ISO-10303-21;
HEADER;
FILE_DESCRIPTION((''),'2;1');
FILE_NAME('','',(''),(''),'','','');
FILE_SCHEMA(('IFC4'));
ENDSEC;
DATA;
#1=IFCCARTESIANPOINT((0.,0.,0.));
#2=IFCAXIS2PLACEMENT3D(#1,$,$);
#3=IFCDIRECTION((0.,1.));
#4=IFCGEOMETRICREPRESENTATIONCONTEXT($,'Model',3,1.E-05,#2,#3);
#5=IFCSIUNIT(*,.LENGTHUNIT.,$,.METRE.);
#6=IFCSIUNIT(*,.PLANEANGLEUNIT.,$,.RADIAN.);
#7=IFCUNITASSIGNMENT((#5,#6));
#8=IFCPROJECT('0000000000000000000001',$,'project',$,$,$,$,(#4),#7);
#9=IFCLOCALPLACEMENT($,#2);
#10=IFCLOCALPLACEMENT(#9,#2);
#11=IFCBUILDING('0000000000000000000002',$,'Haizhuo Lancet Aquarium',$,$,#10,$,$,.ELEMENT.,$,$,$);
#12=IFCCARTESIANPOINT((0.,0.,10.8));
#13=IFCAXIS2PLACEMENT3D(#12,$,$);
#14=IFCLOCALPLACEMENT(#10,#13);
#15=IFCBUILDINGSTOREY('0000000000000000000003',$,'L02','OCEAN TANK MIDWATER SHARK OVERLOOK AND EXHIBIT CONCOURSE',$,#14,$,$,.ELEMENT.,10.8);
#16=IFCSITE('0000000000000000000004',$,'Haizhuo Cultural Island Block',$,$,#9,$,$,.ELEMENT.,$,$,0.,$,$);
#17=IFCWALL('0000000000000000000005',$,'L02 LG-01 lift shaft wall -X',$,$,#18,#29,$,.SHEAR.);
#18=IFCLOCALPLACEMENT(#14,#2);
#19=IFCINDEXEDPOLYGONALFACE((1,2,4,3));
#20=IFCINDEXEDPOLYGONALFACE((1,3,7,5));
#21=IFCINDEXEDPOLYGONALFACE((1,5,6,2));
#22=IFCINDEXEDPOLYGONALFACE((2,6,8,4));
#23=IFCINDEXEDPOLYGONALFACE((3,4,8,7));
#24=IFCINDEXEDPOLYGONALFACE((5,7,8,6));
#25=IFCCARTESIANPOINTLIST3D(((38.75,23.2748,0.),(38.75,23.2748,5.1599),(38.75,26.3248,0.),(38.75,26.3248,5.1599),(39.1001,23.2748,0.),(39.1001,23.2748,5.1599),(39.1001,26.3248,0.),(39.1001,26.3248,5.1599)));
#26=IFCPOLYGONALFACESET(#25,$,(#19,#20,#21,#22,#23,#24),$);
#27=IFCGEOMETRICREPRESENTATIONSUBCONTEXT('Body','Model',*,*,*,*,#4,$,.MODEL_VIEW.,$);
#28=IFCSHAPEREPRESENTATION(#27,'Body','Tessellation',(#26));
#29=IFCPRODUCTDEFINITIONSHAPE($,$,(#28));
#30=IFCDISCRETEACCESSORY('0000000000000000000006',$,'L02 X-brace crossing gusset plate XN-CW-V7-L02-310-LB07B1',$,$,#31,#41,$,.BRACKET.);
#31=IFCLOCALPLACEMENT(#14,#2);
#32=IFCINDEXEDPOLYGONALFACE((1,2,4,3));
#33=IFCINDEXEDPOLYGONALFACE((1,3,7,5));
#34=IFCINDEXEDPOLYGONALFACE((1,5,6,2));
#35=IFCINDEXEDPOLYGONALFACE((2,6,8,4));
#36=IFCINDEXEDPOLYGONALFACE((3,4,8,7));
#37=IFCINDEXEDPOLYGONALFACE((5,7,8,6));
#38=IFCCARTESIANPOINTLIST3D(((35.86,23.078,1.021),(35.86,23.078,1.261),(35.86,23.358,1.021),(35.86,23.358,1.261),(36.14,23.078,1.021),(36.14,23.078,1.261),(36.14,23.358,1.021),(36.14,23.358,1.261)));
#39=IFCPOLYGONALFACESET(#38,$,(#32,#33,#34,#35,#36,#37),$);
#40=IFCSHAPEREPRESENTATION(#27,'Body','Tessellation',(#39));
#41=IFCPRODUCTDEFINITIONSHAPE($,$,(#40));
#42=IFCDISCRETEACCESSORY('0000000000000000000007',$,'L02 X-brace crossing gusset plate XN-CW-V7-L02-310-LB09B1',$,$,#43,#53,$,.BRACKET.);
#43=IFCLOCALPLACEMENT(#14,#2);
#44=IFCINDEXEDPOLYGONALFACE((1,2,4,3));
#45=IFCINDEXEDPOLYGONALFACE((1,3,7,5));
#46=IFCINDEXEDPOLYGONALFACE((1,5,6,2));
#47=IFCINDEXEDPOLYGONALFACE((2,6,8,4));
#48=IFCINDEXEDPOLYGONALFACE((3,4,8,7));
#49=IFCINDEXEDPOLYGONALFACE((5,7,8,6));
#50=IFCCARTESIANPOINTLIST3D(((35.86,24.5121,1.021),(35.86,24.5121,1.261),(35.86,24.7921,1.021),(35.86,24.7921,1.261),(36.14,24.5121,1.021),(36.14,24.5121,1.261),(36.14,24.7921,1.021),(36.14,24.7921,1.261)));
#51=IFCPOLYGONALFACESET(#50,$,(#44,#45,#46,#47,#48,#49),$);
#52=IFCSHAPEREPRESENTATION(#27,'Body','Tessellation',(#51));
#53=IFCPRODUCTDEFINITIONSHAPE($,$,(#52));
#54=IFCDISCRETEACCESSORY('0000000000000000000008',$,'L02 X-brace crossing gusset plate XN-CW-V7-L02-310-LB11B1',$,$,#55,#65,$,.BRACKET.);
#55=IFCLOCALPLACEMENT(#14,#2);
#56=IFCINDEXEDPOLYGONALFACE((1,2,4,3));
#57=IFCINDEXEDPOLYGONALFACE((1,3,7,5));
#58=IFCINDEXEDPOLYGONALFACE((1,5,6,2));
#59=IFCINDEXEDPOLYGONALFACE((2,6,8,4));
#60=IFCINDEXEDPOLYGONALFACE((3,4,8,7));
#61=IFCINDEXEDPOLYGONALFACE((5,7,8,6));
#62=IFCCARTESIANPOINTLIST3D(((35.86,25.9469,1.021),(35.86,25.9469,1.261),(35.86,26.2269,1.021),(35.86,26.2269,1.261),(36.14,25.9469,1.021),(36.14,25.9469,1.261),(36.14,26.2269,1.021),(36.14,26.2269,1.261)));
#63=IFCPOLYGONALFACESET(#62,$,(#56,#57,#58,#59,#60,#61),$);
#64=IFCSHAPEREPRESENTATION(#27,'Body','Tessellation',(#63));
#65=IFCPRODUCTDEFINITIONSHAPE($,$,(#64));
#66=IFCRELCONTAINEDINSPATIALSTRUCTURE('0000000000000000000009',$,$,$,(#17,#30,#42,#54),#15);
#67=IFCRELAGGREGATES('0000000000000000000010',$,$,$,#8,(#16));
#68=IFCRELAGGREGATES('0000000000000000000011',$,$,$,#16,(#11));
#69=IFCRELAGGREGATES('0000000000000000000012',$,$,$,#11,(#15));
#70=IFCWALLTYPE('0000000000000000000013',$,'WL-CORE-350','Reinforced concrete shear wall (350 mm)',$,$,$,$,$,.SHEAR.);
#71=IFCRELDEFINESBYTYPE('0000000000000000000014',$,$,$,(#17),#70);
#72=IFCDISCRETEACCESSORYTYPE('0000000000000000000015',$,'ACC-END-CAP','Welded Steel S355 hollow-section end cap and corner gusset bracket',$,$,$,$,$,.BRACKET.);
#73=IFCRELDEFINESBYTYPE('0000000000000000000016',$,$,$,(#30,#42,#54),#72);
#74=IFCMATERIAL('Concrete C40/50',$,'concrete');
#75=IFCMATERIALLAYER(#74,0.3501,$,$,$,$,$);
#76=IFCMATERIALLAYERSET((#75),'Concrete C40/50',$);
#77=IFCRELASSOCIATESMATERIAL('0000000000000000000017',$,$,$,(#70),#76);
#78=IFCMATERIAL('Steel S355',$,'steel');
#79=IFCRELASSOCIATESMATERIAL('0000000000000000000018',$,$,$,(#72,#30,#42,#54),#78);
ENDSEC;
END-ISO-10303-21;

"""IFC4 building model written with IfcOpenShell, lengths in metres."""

from ifc_helpers import new_model, si_unit, direction, frame, frame_2d, origin, origin_2d, place, context, subcontext, project, spatial, rectangle, extrude, material, layer, layer_set, type_object, element, save


model = new_model("IFC4")

# Units and contexts
model_context = context("Model", 3, precision=1e-05, world=origin(), true_north=direction((0.0, 1.0)))
body_context = subcontext(model_context, "Body", "Model", "MODEL_VIEW")
ifc_project = project(units=[si_unit("LENGTHUNIT", "METRE"), si_unit("PLANEANGLEUNIT", "RADIAN")], contexts=[model_context])

# Site, building, storey
site_placement = place(None, origin())
site = spatial("IfcSite", under=ifc_project, at=site_placement, Name="Haizhuo Cultural Island Block", CompositionType="ELEMENT", RefElevation=0.0)
building_placement = place(site_placement, origin())
building = spatial("IfcBuilding", under=site, at=building_placement, Name="Haizhuo Lancet Aquarium", CompositionType="ELEMENT")
storey_placement = place(building_placement, frame((0.0, 0.0, 10.8)))
storey = spatial("IfcBuildingStorey", under=building, at=storey_placement, Name="L02", Description="OCEAN TANK MIDWATER SHARK OVERLOOK AND EXHIBIT CONCOURSE", CompositionType="ELEMENT", Elevation=10.8)

# Shared definitions
ifc_material_1 = material(Name="Steel S355", Category="steel")

# Shared definitions
ifc_material_2 = material(Name="Concrete C40/50", Category="concrete")
ifc_layer_1 = layer(ifc_material_2, 0.3501)
ifc_layer_set_1 = layer_set([ifc_layer_1], Name="Concrete C40/50")
wall_type = type_object("IfcWallType", Name="WL-CORE-350", Description="Reinforced concrete shear wall (350 mm)", PredefinedType="SHEAR", material=ifc_layer_set_1)

# Wall
wall_1_placement = place(storey_placement, frame((38.925, 23.2749, 0.0), z_axis=(0.0, 0.0, 1.0), x_axis=(0.0, 1.0, 0.0)))
element("IfcWall", 1, at=wall_1_placement, inside=storey, type_object=wall_type, Name="L02 LG-01 lift shaft wall -X", PredefinedType="SHEAR", context=body_context, shape_type="SweptSolid", body=[
    extrude(rectangle(XDim=3.05, YDim=0.3501, at=frame_2d((1.5249, 0.0))), origin(), (0.0, 0.0, 1.0), 5.1599),
])

# Discrete accessories
discrete_accessory_type = type_object("IfcDiscreteAccessoryType", Name="ACC-END-CAP", Description="Welded Steel S355 hollow-section end cap and corner gusset bracket", PredefinedType="BRACKET", material=ifc_material_1)
for number, where, z_axis, x_axis, name in (
    (2, (36.0, 23.218, 1.021), (0.0, 0.0, 1.0), (1.0, 0.0, 0.0), "L02 X-brace crossing gusset plate XN-CW-V7-L02-310-LB07B1"),
    (3, (36.0, 24.6521, 1.021), (0.0, 0.0, 1.0), (1.0, 0.0, 0.0), "L02 X-brace crossing gusset plate XN-CW-V7-L02-310-LB09B1"),
    (4, (36.0, 26.0869, 1.021), (0.0, 0.0, 1.0), (1.0, 0.0, 0.0), "L02 X-brace crossing gusset plate XN-CW-V7-L02-310-LB11B1"),
):
    element("IfcDiscreteAccessory", number, at=place(storey_placement, frame(where, z_axis=z_axis, x_axis=x_axis)), inside=storey, type_object=discrete_accessory_type, material=ifc_material_1, Name=name, PredefinedType="BRACKET", context=body_context, shape_type="SweptSolid", body=[
        extrude(rectangle(XDim=0.28, YDim=0.28, at=origin_2d()), origin(), (0.0, 0.0, 1.0), 0.24),
    ])

save(model, "model.ifc")
